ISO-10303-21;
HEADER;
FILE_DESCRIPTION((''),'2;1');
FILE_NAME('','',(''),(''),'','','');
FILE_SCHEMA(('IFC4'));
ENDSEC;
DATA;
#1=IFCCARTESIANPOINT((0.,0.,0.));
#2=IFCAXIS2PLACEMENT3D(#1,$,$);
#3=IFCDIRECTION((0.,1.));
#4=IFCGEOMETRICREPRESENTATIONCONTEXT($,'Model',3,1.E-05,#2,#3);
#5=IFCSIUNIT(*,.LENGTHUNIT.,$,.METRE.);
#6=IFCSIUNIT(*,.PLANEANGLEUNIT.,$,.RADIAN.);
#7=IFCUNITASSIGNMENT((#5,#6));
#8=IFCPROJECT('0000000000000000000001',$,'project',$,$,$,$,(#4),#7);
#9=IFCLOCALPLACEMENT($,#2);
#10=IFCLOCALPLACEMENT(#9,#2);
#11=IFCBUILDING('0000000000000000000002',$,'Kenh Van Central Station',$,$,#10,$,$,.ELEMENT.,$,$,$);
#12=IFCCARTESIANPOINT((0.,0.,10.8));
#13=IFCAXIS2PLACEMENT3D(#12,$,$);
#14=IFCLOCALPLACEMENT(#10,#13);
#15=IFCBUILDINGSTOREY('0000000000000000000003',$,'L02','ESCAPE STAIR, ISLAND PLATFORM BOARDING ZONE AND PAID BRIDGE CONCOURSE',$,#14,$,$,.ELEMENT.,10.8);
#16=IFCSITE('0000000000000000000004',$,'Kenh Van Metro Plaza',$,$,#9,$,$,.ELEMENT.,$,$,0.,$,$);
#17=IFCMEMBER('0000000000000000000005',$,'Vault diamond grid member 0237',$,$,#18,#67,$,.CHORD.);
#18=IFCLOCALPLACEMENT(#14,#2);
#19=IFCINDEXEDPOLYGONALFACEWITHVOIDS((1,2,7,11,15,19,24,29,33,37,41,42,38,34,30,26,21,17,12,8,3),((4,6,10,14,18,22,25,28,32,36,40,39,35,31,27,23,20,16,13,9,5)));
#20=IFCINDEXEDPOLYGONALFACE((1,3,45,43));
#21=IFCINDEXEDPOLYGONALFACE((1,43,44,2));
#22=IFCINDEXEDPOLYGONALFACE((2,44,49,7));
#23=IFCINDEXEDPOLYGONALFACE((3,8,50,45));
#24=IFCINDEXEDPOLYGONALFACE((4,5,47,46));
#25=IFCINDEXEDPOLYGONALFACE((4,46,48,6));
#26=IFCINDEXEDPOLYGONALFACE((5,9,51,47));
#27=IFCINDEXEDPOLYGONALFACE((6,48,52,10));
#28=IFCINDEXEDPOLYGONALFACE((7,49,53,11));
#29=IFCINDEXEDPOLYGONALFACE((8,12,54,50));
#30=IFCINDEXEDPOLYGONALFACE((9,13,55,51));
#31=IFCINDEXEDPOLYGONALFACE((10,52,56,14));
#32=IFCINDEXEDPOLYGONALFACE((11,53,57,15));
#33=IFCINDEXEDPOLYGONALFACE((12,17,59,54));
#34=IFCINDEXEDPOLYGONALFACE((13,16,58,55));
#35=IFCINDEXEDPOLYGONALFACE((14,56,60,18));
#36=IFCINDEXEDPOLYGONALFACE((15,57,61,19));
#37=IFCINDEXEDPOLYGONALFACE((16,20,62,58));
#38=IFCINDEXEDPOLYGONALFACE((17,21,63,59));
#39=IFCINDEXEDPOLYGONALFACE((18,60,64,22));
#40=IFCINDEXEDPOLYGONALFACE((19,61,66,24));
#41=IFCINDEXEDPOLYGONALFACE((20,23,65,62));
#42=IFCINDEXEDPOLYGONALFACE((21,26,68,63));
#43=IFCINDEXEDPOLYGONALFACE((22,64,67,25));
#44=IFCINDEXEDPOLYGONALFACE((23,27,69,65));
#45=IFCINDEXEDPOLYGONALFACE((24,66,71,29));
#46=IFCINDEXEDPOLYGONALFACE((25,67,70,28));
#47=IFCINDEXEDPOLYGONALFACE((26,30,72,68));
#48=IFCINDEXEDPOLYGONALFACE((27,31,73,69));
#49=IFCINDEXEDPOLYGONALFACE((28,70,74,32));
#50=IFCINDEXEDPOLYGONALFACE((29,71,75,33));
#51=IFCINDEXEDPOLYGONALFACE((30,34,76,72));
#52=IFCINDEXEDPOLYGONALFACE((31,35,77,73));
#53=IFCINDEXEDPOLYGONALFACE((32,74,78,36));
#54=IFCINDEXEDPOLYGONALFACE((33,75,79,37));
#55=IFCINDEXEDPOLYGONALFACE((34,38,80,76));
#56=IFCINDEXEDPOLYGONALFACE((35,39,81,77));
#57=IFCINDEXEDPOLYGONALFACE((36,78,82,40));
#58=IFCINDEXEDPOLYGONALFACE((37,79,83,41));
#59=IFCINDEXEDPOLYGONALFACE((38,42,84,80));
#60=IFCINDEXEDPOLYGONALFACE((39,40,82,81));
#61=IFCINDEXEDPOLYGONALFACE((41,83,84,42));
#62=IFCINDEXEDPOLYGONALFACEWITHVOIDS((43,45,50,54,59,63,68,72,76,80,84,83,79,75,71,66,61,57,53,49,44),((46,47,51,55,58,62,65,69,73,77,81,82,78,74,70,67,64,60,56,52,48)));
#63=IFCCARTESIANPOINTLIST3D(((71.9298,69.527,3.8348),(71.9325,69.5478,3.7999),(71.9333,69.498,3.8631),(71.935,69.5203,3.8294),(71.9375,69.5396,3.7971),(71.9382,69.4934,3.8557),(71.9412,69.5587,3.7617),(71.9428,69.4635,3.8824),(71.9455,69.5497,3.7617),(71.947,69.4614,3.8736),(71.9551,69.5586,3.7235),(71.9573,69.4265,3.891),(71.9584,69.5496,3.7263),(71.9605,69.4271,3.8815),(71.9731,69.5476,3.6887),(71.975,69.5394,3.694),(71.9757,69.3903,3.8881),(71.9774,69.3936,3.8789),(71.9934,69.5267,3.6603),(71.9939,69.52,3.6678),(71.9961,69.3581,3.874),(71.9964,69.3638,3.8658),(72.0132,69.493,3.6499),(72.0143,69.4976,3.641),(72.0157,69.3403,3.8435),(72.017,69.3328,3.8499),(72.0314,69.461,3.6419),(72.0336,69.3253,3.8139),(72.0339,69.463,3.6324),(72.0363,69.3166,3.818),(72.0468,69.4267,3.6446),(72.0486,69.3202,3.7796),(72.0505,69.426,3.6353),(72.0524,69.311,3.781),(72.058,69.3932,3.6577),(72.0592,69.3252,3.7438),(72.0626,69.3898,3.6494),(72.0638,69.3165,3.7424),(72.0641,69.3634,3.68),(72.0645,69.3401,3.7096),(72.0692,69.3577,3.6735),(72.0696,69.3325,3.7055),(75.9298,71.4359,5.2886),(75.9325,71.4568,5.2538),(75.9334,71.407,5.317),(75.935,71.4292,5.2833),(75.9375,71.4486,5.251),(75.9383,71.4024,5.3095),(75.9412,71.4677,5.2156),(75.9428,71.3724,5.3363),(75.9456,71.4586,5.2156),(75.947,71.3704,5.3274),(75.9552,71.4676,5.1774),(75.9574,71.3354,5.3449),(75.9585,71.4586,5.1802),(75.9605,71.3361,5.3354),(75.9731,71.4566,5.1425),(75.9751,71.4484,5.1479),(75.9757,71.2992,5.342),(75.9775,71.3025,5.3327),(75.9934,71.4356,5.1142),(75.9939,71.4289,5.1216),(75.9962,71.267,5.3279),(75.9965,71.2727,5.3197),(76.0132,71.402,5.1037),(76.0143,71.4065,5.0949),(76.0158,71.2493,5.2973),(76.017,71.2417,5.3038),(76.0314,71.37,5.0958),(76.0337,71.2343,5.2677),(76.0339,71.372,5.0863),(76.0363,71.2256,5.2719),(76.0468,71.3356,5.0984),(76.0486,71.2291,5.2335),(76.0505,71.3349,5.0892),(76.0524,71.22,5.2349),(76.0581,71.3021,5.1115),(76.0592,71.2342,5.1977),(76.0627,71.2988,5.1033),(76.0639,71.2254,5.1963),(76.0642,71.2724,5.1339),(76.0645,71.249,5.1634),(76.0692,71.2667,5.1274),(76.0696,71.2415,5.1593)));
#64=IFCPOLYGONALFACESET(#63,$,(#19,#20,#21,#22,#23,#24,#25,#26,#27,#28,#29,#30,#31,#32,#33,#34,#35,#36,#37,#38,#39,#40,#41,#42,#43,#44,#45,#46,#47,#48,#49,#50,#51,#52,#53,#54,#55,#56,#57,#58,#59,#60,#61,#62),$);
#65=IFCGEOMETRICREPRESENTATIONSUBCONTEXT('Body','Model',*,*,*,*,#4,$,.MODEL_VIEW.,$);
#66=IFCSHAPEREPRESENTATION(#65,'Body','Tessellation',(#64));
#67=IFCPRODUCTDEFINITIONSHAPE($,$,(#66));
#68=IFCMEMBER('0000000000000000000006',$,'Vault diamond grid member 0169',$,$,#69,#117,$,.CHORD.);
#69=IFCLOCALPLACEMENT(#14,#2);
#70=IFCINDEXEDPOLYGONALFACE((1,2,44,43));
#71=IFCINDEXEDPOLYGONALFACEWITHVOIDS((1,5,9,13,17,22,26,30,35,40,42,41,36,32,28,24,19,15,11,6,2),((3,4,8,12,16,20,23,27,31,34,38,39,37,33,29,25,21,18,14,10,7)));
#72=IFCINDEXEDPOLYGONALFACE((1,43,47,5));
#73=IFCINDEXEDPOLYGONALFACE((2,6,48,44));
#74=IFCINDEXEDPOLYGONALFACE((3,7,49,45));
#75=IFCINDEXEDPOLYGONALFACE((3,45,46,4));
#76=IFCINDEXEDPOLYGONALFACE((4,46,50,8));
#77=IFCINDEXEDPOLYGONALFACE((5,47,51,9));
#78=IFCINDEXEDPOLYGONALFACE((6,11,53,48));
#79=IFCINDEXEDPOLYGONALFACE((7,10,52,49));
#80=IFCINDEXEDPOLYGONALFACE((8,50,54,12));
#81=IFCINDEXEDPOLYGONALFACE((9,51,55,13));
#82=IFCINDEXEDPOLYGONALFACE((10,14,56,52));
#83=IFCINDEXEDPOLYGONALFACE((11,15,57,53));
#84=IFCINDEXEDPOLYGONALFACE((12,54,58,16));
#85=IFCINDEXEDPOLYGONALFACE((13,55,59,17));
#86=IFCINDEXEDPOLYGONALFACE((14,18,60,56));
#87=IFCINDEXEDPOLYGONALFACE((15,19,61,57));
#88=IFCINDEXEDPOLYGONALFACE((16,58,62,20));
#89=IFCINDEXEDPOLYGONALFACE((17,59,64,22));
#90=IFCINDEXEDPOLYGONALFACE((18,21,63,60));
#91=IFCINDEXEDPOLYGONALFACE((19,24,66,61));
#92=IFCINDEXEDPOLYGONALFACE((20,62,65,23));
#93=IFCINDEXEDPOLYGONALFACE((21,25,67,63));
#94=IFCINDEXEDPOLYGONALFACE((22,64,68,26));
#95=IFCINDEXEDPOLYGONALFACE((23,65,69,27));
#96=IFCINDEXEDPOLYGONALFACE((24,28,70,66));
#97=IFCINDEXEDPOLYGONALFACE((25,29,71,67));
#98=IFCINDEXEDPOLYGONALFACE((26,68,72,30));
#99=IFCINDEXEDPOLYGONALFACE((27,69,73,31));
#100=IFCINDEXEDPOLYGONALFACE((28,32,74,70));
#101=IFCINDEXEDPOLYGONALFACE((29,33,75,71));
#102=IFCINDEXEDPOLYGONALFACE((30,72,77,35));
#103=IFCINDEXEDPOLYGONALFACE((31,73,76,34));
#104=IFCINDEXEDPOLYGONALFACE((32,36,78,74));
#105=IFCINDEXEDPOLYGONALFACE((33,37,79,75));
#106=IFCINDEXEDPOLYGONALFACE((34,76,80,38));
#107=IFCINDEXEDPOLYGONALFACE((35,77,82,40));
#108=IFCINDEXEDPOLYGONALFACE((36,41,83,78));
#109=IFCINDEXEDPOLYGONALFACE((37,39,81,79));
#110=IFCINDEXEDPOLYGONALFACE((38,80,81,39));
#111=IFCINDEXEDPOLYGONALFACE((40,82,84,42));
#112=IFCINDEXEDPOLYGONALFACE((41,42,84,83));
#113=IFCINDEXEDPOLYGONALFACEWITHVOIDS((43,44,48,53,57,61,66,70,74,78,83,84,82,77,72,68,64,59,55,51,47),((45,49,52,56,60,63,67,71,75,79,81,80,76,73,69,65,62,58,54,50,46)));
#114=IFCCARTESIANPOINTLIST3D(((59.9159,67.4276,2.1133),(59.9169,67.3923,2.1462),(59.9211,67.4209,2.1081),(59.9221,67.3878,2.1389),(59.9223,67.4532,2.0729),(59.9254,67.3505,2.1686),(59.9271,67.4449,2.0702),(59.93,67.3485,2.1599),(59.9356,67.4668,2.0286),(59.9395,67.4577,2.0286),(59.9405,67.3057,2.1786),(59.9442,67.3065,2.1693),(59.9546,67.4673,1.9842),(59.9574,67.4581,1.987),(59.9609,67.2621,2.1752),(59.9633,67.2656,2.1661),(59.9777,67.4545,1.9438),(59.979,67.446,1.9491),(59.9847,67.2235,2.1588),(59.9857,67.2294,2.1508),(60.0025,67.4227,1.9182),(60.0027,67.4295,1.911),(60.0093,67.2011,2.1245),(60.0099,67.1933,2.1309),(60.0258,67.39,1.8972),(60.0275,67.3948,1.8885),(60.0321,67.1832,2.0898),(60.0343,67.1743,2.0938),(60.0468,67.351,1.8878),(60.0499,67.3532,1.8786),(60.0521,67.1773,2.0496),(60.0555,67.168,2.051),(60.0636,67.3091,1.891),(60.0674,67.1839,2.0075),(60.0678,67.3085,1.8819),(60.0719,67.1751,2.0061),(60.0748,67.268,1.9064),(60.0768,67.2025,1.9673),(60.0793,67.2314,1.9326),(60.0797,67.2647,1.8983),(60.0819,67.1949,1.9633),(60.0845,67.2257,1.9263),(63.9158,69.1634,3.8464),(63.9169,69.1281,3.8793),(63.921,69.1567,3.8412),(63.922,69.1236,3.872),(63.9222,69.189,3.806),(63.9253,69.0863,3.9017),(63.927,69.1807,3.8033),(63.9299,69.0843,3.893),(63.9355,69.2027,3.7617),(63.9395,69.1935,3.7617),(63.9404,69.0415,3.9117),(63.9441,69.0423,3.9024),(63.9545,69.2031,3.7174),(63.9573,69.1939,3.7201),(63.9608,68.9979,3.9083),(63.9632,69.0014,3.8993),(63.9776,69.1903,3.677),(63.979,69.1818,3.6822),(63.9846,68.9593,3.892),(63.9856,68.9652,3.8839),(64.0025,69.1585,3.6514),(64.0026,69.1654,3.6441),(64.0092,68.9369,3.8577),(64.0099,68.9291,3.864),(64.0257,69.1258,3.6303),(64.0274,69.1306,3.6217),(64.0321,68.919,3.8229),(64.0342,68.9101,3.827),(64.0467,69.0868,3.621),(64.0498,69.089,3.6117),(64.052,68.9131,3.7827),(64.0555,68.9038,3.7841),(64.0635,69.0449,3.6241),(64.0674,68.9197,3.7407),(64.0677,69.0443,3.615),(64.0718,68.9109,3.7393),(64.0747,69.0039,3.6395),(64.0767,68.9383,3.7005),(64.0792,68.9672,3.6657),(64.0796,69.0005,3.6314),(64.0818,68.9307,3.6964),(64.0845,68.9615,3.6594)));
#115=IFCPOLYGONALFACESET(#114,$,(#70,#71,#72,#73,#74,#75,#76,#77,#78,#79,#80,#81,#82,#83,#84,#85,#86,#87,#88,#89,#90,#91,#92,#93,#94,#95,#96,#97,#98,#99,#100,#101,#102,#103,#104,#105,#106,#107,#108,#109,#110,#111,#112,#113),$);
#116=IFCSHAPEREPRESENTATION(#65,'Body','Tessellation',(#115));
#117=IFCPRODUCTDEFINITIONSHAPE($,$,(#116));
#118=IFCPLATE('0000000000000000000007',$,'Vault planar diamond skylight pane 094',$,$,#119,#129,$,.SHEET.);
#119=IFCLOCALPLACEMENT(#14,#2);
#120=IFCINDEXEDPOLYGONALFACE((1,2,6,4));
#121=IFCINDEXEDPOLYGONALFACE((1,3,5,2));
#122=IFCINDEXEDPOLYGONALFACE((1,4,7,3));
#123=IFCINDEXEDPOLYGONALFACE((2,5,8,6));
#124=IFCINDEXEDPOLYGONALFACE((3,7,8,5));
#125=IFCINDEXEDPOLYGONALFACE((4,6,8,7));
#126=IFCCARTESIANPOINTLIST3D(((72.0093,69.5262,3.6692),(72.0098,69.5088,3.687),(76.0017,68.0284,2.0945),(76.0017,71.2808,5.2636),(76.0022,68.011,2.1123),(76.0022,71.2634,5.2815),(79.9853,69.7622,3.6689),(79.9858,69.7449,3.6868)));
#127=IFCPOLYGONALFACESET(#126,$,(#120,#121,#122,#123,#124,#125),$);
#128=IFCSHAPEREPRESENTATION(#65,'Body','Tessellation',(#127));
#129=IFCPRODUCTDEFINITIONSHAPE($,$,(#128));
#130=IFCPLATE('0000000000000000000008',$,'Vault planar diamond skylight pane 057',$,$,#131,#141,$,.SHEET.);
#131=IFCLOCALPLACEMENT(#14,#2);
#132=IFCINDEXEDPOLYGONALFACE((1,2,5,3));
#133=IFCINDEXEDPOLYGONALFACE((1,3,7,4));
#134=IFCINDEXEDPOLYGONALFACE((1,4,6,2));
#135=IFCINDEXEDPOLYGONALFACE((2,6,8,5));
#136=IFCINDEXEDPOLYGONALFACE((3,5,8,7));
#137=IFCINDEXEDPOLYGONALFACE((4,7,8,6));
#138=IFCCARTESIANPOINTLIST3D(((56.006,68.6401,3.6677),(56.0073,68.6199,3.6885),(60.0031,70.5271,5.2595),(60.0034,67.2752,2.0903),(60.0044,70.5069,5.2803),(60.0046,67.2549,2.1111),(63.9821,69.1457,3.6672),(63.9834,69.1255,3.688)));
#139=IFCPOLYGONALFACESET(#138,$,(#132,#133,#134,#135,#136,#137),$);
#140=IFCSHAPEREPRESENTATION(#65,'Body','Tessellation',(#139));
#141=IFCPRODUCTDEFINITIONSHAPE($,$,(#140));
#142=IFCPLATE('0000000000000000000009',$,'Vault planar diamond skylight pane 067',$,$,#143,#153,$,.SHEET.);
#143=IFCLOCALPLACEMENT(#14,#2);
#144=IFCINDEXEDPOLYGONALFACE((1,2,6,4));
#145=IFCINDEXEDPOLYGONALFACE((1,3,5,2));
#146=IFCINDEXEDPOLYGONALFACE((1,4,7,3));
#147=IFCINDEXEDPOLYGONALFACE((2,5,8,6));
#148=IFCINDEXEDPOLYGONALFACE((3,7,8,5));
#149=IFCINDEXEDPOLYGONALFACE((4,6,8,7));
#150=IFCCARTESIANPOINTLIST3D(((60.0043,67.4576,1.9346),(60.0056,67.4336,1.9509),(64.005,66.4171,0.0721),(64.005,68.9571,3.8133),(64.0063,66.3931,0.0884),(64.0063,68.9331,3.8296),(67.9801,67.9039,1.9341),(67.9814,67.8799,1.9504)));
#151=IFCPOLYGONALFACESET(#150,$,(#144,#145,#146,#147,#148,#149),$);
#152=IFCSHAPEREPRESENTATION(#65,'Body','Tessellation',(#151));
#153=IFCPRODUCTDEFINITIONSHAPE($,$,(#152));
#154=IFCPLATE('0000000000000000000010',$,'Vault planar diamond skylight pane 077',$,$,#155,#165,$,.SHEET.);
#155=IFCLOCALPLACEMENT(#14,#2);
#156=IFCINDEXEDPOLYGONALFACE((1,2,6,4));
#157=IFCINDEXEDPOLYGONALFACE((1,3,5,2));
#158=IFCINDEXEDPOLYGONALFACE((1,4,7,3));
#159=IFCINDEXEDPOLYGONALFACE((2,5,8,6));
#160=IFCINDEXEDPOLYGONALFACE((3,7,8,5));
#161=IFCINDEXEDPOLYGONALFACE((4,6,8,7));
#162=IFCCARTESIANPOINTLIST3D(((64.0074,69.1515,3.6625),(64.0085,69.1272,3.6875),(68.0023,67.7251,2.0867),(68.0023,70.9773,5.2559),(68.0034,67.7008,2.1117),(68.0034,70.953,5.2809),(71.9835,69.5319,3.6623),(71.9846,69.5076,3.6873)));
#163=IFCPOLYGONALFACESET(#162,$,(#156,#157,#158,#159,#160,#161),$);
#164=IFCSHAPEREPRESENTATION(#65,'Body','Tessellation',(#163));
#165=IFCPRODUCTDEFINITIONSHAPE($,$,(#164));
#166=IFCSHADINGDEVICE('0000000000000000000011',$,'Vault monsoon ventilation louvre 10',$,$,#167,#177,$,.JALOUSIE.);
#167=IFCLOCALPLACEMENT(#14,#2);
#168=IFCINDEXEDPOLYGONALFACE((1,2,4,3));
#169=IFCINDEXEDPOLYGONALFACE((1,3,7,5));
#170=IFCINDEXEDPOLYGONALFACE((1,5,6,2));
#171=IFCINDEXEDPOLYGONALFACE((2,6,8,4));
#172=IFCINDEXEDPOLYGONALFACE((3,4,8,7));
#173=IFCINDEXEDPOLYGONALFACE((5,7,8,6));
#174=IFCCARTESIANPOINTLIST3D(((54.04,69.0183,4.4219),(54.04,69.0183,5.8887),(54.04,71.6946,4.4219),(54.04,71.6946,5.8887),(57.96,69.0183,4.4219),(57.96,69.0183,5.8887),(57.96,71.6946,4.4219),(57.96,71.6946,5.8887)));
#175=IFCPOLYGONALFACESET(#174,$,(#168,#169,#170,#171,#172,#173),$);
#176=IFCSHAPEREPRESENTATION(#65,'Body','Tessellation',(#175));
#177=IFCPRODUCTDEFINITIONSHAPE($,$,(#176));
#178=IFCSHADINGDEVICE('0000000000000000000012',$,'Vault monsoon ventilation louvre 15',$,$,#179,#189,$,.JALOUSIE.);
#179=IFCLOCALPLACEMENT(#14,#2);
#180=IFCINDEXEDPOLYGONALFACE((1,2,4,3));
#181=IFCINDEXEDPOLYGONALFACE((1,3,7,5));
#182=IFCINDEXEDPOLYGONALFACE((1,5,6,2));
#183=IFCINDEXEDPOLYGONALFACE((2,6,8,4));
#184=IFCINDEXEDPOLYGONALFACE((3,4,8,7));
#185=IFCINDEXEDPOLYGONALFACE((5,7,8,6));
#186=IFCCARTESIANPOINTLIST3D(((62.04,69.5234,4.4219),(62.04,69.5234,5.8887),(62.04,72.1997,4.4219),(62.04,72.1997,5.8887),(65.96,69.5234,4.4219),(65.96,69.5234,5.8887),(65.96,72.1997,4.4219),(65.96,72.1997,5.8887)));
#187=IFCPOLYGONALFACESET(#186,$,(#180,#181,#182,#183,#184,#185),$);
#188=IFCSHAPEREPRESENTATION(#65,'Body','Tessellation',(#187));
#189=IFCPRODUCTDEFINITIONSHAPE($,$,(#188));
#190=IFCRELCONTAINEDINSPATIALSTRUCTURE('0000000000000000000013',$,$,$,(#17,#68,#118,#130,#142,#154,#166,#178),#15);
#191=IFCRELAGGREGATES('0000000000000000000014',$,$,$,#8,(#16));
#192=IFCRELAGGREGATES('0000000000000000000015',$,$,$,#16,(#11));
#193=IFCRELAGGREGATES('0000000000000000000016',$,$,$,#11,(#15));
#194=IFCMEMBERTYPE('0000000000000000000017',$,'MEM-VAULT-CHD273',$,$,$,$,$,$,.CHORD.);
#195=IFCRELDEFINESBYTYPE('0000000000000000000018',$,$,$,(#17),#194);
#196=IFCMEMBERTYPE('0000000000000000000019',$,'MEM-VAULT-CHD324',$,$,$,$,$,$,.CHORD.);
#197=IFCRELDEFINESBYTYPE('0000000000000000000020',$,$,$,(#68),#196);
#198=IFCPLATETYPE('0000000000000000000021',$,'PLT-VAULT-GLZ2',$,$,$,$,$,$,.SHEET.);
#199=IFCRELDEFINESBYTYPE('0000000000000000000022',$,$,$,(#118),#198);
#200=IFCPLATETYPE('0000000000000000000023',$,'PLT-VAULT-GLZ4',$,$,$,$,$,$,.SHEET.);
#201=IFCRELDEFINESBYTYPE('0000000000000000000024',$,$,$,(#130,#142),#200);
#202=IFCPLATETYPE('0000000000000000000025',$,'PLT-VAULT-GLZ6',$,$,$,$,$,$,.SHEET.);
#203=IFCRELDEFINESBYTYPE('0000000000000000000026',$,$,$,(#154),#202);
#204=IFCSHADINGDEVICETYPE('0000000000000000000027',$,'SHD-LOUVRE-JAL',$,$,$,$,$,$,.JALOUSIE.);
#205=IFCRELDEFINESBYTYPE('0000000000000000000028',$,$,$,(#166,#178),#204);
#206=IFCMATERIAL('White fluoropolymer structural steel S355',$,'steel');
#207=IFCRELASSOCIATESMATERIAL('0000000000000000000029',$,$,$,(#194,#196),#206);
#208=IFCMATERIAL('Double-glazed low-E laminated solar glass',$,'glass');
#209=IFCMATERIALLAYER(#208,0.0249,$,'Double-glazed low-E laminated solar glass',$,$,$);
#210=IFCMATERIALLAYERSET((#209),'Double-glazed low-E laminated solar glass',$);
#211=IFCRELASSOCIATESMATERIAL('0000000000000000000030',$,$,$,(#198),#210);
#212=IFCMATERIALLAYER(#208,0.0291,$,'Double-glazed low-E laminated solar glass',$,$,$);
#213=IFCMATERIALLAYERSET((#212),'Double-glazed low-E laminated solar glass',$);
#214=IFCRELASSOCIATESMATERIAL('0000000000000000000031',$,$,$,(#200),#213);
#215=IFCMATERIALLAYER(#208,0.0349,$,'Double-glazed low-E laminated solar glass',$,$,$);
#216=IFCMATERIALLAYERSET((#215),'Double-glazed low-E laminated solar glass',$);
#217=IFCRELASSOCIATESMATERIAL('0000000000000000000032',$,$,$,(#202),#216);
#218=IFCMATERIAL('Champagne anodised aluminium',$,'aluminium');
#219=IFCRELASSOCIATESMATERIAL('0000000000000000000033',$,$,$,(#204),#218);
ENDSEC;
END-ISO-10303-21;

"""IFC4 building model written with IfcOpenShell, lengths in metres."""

from ifc_helpers import new_model, si_unit, direction, frame, origin, origin_2d, place, context, subcontext, project, spatial, polyline, rectangle, hollow_circle, outline, extrude, material, layer, layer_set, material_profile, profile_set, type_object, element, save


model = new_model("IFC4")

# Units and contexts
model_context = context("Model", 3, precision=1e-05, world=origin(), true_north=direction((0.0, 1.0)))
body_context = subcontext(model_context, "Body", "Model", "MODEL_VIEW")
ifc_project = project(units=[si_unit("LENGTHUNIT", "METRE"), si_unit("PLANEANGLEUNIT", "RADIAN")], contexts=[model_context])

# Site, building, storey
site_placement = place(None, origin())
site = spatial("IfcSite", under=ifc_project, at=site_placement, Name="Kenh Van Metro Plaza", CompositionType="ELEMENT", RefElevation=0.0)
building_placement = place(site_placement, origin())
building = spatial("IfcBuilding", under=site, at=building_placement, Name="Kenh Van Central Station", CompositionType="ELEMENT")
storey_placement = place(building_placement, frame((0.0, 0.0, 10.8)))
storey = spatial("IfcBuildingStorey", under=building, at=storey_placement, Name="L02", Description="ESCAPE STAIR, ISLAND PLATFORM BOARDING ZONE AND PAID BRIDGE CONCOURSE", CompositionType="ELEMENT", Elevation=10.8)

# Shared definitions
ifc_material_1 = material(Name="White fluoropolymer structural steel S355", Category="steel")

# Members
ifc_material_profile_1 = material_profile(ifc_material_1, hollow_circle(Radius=0.1365, WallThickness=0.01, at=origin_2d()), Name="CHS 273x10")
ifc_profile_set_1 = profile_set([ifc_material_profile_1], Name="White fluoropolymer structural steel S355")
member_type_1 = type_object("IfcMemberType", Name="MEM-VAULT-CHD273", PredefinedType="CHORD", material=ifc_profile_set_1)
member_1_placement = place(storey_placement, frame((72.0, 69.4355, 3.7617), z_axis=(0.857538, 0.409246, 0.311684), x_axis=(-0.430701, 0.902495, 0.0)))
element("IfcMember", 1, at=member_1_placement, inside=storey, type_object=member_type_1, Name="Vault diamond grid member 0237", PredefinedType="CHORD", context=body_context, shape_type="SweptSolid", body=[
    extrude(hollow_circle(Radius=0.1365, WallThickness=0.01, at=origin_2d()), origin(), (0.0, 0.0, 1.0), 4.6646),
])
ifc_material_profile_2 = material_profile(ifc_material_1, hollow_circle(Radius=0.1619, WallThickness=0.01, at=origin_2d()), Name="CHS 323.9x10")
ifc_profile_set_2 = profile_set([ifc_material_profile_2], Name="White fluoropolymer structural steel S355")
member_type_2 = type_object("IfcMemberType", Name="MEM-VAULT-CHD324", PredefinedType="CHORD", material=ifc_profile_set_2)
member_2_placement = place(storey_placement, frame((60.0, 67.3184, 2.0286), z_axis=(0.852474, 0.36994, 0.369367), x_axis=(-0.398091, 0.917346, 0.0)))
element("IfcMember", 2, at=member_2_placement, inside=storey, type_object=member_type_2, Name="Vault diamond grid member 0169", PredefinedType="CHORD", context=body_context, shape_type="SweptSolid", body=[
    extrude(hollow_circle(Radius=0.1619, WallThickness=0.01, at=origin_2d()), origin(), (0.0, 0.0, 1.0), 4.6921),
])

# Plates
ifc_material_2 = material(Name="Double-glazed low-E laminated solar glass", Category="glass")
ifc_layer_1 = layer(ifc_material_2, 0.0249, Name="Double-glazed low-E laminated solar glass")
ifc_layer_set_1 = layer_set([ifc_layer_1], Name="Double-glazed low-E laminated solar glass")
plate_type_1 = type_object("IfcPlateType", Name="PLT-VAULT-GLZ2", PredefinedType="SHEET", material=ifc_layer_set_1)
plate_1_placement = place(storey_placement, frame((72.0098, 69.5088, 3.687), z_axis=(0.020674, -0.697732, 0.716061), x_axis=(0.878304, -0.329502, -0.346426)))
element("IfcPlate", 3, at=plate_1_placement, inside=storey, type_object=plate_type_1, Name="Vault planar diamond skylight pane 094", PredefinedType="SHEET", context=body_context, shape_type="SweptSolid", body=[
    extrude(outline(polyline([(0.0, 0.0), (4.5456, 0.0), (6.9277, 3.9598), (2.376, 3.9894), (0.0, 0.0)])), origin(), (0.0, 0.0, -1.0), 0.0249),
])
ifc_layer_2 = layer(ifc_material_2, 0.0291, Name="Double-glazed low-E laminated solar glass")
ifc_layer_set_2 = layer_set([ifc_layer_2], Name="Double-glazed low-E laminated solar glass")
plate_type_2 = type_object("IfcPlateType", Name="PLT-VAULT-GLZ4", PredefinedType="SHEET", material=ifc_layer_set_2)
plate_2_placement = place(storey_placement, frame((56.0073, 68.6199, 3.6885), z_axis=(0.044243, -0.69725, 0.715462), x_axis=(0.886545, -0.30273, -0.349847)))
element("IfcPlate", 4, at=plate_2_placement, inside=storey, type_object=plate_type_2, Name="Vault planar diamond skylight pane 057", PredefinedType="SHEET", context=body_context, shape_type="SweptSolid", body=[
    extrude(outline(polyline([(0.0, 0.0), (4.5089, 0.0), (6.9183, 4.0014), (2.4155, 4.0295), (0.0, 0.0)])), origin(), (0.0, 0.0, -1.0), 0.0291),
])
plate_3_placement = place(storey_placement, frame((60.0056, 67.4336, 1.9509), z_axis=(0.046278, -0.82645, 0.561106), x_axis=(0.882374, -0.229491, -0.410792)))
element("IfcPlate", 5, at=plate_3_placement, inside=storey, type_object=plate_type_2, Name="Vault planar diamond skylight pane 067", PredefinedType="SHEET", context=body_context, shape_type="SweptSolid", body=[
    extrude(outline(polyline([(0.0, 0.0), (4.5341, 0.0), (6.9354, 3.9639), (2.4143, 3.9944), (0.0, 0.0)])), origin(), (0.0, 0.0, -1.0), 0.0291),
])
ifc_layer_3 = layer(ifc_material_2, 0.0349, Name="Double-glazed low-E laminated solar glass")
ifc_layer_set_3 = layer_set([ifc_layer_3], Name="Double-glazed low-E laminated solar glass")
plate_type_3 = type_object("IfcPlateType", Name="PLT-VAULT-GLZ6", PredefinedType="SHEET", material=ifc_layer_set_3)
plate_4_placement = place(storey_placement, frame((64.0085, 69.1272, 3.6875), z_axis=(0.033286, -0.697521, 0.715791), x_axis=(0.88282, -0.315222, -0.34823)))
element("IfcPlate", 6, at=plate_4_placement, inside=storey, type_object=plate_type_3, Name="Vault planar diamond skylight pane 077", PredefinedType="SHEET", context=body_context, shape_type="SweptSolid", body=[
    extrude(outline(polyline([(0.0, 0.0), (4.5251, 0.0), (6.9216, 3.9817), (2.3964, 4.0111), (0.0, 0.0)])), origin(), (0.0, 0.0, -1.0), 0.0349),
])

# Shared definitions
ifc_material_3 = material(Name="Champagne anodised aluminium", Category="aluminium")

# Shading devices
shading_device_type = type_object("IfcShadingDeviceType", Name="SHD-LOUVRE-JAL", PredefinedType="JALOUSIE", material=ifc_material_3)
for number, where, z_axis, x_axis, name in (
    (7, (56.0, 70.3564, 4.4219), (0.0, 0.0, 1.0), (1.0, 0.0, 0.0), "Vault monsoon ventilation louvre 10"),
    (8, (64.0, 70.8616, 4.4219), (0.0, 0.0, 1.0), (1.0, 0.0, 0.0), "Vault monsoon ventilation louvre 15"),
):
    element("IfcShadingDevice", number, at=place(storey_placement, frame(where, z_axis=z_axis, x_axis=x_axis)), inside=storey, type_object=shading_device_type, Name=name, PredefinedType="JALOUSIE", context=body_context, shape_type="SweptSolid", body=[
        extrude(rectangle(XDim=3.9199, YDim=2.6763, at=origin_2d()), origin(), (0.0, 0.0, 1.0), 1.4668),
    ])

save(model, "model.ifc")
